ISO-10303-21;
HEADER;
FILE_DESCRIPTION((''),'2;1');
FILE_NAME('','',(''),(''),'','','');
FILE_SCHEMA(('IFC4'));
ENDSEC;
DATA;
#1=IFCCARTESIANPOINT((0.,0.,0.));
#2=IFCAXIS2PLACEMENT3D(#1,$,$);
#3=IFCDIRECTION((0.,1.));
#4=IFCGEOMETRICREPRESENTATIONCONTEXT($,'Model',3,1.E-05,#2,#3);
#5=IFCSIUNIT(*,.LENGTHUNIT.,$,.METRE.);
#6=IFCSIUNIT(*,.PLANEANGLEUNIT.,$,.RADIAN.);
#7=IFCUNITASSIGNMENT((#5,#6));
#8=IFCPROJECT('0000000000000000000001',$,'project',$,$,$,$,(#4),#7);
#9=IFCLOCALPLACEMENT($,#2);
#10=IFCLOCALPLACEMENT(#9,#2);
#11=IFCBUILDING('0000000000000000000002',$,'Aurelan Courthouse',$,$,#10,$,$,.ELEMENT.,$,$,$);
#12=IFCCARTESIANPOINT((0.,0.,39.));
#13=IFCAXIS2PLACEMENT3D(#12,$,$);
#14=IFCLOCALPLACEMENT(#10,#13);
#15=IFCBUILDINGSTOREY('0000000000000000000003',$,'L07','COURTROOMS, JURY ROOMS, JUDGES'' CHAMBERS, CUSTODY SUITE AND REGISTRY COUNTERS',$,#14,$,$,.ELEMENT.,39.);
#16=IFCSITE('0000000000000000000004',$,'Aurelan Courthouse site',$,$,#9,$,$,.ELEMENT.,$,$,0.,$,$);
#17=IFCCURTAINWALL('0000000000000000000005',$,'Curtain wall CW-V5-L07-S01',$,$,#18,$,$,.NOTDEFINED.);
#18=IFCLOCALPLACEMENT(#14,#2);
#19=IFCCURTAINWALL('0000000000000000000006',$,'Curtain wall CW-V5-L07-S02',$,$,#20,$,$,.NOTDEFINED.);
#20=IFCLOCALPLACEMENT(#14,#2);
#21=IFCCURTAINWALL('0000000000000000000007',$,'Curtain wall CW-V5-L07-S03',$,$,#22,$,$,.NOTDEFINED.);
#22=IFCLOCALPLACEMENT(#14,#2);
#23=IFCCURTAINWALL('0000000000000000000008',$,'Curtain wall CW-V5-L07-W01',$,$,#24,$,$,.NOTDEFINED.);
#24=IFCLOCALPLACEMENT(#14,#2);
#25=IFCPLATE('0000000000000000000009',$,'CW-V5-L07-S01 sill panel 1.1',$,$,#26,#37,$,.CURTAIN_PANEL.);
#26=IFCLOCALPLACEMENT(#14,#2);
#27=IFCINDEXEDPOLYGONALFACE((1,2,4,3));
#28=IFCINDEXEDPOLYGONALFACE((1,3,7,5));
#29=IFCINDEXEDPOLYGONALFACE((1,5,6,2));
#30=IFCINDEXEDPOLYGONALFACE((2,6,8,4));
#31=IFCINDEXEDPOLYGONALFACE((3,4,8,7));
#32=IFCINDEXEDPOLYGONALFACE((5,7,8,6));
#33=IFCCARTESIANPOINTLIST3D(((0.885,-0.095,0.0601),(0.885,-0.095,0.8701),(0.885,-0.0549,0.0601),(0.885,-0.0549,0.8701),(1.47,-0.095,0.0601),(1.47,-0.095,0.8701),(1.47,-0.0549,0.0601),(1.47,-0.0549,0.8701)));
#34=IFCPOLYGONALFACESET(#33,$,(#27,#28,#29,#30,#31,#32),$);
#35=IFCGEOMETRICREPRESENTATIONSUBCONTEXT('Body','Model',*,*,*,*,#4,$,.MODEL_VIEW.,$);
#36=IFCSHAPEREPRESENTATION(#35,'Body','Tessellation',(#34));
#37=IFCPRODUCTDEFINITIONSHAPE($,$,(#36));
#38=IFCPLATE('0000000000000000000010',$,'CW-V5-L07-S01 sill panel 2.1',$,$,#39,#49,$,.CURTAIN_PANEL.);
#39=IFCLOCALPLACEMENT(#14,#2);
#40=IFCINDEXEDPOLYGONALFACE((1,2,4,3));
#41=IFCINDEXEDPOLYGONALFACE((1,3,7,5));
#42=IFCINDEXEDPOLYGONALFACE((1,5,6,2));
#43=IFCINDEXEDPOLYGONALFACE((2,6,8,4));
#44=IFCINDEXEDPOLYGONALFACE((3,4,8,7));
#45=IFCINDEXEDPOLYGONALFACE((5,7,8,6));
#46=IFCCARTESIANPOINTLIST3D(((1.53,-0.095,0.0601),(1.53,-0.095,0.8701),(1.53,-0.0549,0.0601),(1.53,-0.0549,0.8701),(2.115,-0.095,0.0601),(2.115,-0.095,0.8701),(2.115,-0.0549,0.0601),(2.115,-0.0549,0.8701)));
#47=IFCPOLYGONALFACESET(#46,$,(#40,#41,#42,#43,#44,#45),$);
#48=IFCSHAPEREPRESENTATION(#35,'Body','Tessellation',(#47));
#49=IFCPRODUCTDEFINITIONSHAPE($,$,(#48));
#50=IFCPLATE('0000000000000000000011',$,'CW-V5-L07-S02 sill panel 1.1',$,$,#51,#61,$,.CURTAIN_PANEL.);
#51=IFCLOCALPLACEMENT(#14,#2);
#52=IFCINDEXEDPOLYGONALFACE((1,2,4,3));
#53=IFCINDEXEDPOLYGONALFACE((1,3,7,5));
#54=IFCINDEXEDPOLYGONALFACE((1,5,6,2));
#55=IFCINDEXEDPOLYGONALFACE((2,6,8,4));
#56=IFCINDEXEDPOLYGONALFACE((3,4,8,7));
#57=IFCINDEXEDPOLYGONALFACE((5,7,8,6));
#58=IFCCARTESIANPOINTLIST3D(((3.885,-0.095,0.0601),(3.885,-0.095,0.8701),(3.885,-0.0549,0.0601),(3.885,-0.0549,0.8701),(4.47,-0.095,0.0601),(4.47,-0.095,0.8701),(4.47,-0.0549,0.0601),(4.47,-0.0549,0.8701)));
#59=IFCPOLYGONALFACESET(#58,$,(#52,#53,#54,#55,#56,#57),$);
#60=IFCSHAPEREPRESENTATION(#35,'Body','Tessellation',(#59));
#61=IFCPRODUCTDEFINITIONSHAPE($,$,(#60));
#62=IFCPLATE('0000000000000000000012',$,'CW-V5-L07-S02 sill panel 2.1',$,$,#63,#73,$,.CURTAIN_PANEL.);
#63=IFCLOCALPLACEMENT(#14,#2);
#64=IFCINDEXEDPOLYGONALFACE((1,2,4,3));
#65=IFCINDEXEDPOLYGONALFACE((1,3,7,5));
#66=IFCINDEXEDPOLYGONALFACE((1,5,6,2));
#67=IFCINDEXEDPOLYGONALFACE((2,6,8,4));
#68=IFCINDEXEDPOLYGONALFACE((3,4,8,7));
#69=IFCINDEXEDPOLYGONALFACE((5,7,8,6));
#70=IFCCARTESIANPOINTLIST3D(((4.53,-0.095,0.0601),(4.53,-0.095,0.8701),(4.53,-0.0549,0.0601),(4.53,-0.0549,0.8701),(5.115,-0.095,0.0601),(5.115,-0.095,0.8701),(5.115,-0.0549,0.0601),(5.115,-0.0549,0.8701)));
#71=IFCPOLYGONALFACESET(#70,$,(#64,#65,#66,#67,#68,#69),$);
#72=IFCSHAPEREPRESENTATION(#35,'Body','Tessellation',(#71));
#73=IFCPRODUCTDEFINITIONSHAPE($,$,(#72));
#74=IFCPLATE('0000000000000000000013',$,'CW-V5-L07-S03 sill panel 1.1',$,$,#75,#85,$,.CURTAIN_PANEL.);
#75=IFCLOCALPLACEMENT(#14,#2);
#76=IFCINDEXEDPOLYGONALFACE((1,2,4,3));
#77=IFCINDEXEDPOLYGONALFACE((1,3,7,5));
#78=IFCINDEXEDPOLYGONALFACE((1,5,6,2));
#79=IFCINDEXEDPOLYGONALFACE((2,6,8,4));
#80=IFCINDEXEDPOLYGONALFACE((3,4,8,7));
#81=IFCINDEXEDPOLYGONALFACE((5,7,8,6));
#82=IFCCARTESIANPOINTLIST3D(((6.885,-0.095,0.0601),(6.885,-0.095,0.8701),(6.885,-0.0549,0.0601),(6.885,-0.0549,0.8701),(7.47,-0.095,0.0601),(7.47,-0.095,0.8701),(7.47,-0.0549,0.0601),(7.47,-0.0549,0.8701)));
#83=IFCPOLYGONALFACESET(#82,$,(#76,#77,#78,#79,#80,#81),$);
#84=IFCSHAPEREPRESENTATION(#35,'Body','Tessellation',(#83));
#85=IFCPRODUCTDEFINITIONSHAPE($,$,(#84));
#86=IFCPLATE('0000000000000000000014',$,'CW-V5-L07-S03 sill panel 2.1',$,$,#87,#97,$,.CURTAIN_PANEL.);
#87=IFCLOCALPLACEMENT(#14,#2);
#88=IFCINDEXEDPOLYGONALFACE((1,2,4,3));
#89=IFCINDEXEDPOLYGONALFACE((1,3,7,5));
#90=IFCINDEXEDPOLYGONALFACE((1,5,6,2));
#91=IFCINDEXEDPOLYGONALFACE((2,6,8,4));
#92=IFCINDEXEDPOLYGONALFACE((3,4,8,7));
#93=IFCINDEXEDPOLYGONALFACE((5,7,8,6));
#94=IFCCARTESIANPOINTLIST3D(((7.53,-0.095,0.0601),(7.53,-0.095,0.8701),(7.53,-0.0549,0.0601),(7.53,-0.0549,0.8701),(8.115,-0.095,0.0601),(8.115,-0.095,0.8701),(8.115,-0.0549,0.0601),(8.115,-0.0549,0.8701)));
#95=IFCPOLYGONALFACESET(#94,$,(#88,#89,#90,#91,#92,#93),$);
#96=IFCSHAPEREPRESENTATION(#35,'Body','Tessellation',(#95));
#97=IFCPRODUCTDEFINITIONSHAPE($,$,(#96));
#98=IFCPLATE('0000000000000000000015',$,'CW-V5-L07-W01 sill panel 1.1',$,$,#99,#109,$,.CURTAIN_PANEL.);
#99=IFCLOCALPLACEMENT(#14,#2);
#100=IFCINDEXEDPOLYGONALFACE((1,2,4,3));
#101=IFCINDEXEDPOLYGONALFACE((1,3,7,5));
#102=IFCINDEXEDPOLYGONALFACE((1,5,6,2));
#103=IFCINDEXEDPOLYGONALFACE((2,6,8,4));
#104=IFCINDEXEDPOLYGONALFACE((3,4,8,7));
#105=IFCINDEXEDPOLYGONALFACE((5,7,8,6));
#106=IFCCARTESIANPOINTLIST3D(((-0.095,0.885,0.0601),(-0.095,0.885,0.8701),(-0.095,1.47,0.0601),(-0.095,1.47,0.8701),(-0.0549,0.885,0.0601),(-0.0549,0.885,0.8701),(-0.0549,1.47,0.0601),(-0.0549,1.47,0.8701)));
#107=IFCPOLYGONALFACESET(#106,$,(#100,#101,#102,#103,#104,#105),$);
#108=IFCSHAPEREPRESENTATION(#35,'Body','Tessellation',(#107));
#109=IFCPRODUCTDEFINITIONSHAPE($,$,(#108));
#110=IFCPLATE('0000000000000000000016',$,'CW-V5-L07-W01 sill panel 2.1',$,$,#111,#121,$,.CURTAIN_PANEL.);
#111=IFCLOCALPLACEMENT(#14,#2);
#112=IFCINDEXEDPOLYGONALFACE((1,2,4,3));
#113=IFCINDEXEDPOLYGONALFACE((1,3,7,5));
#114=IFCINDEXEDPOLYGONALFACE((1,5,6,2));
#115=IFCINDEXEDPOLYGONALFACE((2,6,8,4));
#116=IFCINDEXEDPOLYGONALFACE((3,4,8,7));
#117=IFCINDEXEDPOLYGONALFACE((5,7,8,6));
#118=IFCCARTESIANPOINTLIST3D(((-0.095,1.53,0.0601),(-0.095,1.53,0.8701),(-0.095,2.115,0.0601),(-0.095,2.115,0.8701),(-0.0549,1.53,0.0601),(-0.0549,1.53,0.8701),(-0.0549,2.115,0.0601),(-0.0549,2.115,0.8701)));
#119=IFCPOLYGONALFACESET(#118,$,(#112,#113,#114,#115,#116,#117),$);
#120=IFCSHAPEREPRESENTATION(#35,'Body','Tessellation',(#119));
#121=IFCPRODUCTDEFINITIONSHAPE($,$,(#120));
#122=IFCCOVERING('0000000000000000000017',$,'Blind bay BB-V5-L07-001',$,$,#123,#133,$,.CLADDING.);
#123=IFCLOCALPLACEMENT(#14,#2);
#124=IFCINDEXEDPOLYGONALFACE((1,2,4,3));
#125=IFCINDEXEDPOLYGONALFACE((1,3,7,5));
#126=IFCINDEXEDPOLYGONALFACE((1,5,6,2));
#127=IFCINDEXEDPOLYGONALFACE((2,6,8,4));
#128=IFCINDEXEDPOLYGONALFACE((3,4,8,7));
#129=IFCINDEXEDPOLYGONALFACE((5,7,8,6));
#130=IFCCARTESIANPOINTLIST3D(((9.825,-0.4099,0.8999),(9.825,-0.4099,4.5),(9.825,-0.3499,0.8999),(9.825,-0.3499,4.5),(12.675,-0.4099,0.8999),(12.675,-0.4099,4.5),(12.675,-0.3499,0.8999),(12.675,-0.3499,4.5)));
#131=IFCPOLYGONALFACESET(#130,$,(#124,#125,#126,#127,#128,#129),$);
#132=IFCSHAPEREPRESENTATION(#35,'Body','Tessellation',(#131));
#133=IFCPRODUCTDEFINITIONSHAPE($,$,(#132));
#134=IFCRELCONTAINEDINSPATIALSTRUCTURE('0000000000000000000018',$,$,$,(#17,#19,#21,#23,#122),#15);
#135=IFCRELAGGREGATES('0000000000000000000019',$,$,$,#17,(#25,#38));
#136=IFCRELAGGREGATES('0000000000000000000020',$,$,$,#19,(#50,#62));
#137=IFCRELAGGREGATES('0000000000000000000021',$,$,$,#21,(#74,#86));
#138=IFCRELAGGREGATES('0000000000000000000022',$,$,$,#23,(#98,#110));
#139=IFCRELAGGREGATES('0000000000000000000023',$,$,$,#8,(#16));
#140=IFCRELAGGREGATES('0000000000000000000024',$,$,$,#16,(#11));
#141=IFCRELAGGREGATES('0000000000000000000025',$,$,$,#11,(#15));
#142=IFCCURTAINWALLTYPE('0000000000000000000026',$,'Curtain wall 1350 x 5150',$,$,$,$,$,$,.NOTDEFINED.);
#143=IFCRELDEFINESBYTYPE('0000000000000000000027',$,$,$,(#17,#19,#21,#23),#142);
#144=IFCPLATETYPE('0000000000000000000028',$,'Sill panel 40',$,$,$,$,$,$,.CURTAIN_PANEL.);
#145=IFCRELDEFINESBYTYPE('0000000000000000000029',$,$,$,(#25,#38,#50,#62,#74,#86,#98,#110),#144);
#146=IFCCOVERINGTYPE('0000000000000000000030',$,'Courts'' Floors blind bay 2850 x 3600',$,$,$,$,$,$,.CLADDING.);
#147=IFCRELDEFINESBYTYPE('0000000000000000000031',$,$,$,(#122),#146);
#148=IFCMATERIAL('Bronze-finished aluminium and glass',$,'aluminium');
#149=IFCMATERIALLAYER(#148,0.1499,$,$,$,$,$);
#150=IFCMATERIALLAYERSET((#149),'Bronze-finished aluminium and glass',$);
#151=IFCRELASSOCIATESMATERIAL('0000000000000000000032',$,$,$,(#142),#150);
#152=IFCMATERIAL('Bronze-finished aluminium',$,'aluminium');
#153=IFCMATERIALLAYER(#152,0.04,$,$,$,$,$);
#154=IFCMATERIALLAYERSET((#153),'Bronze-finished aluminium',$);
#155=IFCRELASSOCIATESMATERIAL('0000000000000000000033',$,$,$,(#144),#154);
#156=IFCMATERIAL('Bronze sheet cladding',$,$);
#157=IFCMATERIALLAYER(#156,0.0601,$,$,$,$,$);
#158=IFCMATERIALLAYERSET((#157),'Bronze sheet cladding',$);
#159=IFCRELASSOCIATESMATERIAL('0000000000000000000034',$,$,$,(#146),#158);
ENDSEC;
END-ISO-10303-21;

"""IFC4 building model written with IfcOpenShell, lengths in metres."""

from ifc_helpers import new_model, si_unit, direction, frame, origin, origin_2d, place, context, subcontext, project, spatial, rectangle, extrude, material, layer, layer_set, type_object, element, aggregate, save


model = new_model("IFC4")

# Units and contexts
model_context = context("Model", 3, precision=1e-05, world=origin(), true_north=direction((0.0, 1.0)))
body_context = subcontext(model_context, "Body", "Model", "MODEL_VIEW")
ifc_project = project(units=[si_unit("LENGTHUNIT", "METRE"), si_unit("PLANEANGLEUNIT", "RADIAN")], contexts=[model_context])

# Site, building, storey
site_placement = place(None, origin())
site = spatial("IfcSite", under=ifc_project, at=site_placement, Name="Aurelan Courthouse site", CompositionType="ELEMENT", RefElevation=0.0)
building_placement = place(site_placement, origin())
building = spatial("IfcBuilding", under=site, at=building_placement, Name="Aurelan Courthouse", CompositionType="ELEMENT")
storey_placement = place(building_placement, frame((0.0, 0.0, 39.0)))
storey = spatial("IfcBuildingStorey", under=building, at=storey_placement, Name="L07", Description="COURTROOMS, JURY ROOMS, JUDGES' CHAMBERS, CUSTODY SUITE AND REGISTRY COUNTERS", CompositionType="ELEMENT", Elevation=39.0)

# Curtain walls
ifc_material_1 = material(Name="Bronze-finished aluminium and glass", Category="aluminium")
ifc_layer_1 = layer(ifc_material_1, 0.1499)
ifc_layer_set_1 = layer_set([ifc_layer_1], Name="Bronze-finished aluminium and glass")
curtain_wall_type = type_object("IfcCurtainWallType", Name="Curtain wall 1350 x 5150", PredefinedType="NOTDEFINED", material=ifc_layer_set_1)
curtain_wall_1_placement = place(storey_placement, origin())
curtain_wall_1 = element("IfcCurtainWall", 1, at=curtain_wall_1_placement, inside=storey, type_object=curtain_wall_type, Name="Curtain wall CW-V5-L07-S01", PredefinedType="NOTDEFINED")
ifc_material_2 = material(Name="Bronze-finished aluminium", Category="aluminium")
curtain_wall_2_placement = place(storey_placement, origin())
curtain_wall_2 = element("IfcCurtainWall", 2, at=curtain_wall_2_placement, inside=storey, type_object=curtain_wall_type, Name="Curtain wall CW-V5-L07-S02", PredefinedType="NOTDEFINED")
curtain_wall_3_placement = place(storey_placement, origin())
curtain_wall_3 = element("IfcCurtainWall", 3, at=curtain_wall_3_placement, inside=storey, type_object=curtain_wall_type, Name="Curtain wall CW-V5-L07-S03", PredefinedType="NOTDEFINED")
curtain_wall_4_placement = place(storey_placement, origin())
curtain_wall_4 = element("IfcCurtainWall", 4, at=curtain_wall_4_placement, inside=storey, type_object=curtain_wall_type, Name="Curtain wall CW-V5-L07-W01", PredefinedType="NOTDEFINED")

# Plates
ifc_layer_2 = layer(ifc_material_2, 0.04)
ifc_layer_set_2 = layer_set([ifc_layer_2], Name="Bronze-finished aluminium")
plate_type = type_object("IfcPlateType", Name="Sill panel 40", PredefinedType="CURTAIN_PANEL", material=ifc_layer_set_2)
plate_1_placement = place(storey_placement, frame((1.1775, -0.075, 0.0601), z_axis=(0.0, 0.0, 1.0), x_axis=(1.0, 0.0, 0.0)))
plate_1 = element("IfcPlate", 5, at=plate_1_placement, type_object=plate_type, Name="CW-V5-L07-S01 sill panel 1.1", PredefinedType="CURTAIN_PANEL", context=body_context, shape_type="SweptSolid", body=[
    extrude(rectangle(XDim=0.585, YDim=0.04, at=origin_2d()), origin(), (0.0, 0.0, 1.0), 0.8101),
])
plate_2_placement = place(storey_placement, frame((1.8225, -0.075, 0.0601), z_axis=(0.0, 0.0, 1.0), x_axis=(1.0, 0.0, 0.0)))
plate_2 = element("IfcPlate", 6, at=plate_2_placement, type_object=plate_type, Name="CW-V5-L07-S01 sill panel 2.1", PredefinedType="CURTAIN_PANEL", context=body_context, shape_type="SweptSolid", body=[
    extrude(rectangle(XDim=0.585, YDim=0.04, at=origin_2d()), origin(), (0.0, 0.0, 1.0), 0.8101),
])
aggregate(curtain_wall_1, [plate_1, plate_2])
plate_3_placement = place(storey_placement, frame((4.1775, -0.075, 0.0601), z_axis=(0.0, 0.0, 1.0), x_axis=(1.0, 0.0, 0.0)))
plate_3 = element("IfcPlate", 7, at=plate_3_placement, type_object=plate_type, Name="CW-V5-L07-S02 sill panel 1.1", PredefinedType="CURTAIN_PANEL", context=body_context, shape_type="SweptSolid", body=[
    extrude(rectangle(XDim=0.585, YDim=0.04, at=origin_2d()), origin(), (0.0, 0.0, 1.0), 0.8101),
])
plate_4_placement = place(storey_placement, frame((4.8225, -0.075, 0.0601), z_axis=(0.0, 0.0, 1.0), x_axis=(1.0, 0.0, 0.0)))
plate_4 = element("IfcPlate", 8, at=plate_4_placement, type_object=plate_type, Name="CW-V5-L07-S02 sill panel 2.1", PredefinedType="CURTAIN_PANEL", context=body_context, shape_type="SweptSolid", body=[
    extrude(rectangle(XDim=0.585, YDim=0.04, at=origin_2d()), origin(), (0.0, 0.0, 1.0), 0.8101),
])
aggregate(curtain_wall_2, [plate_3, plate_4])
plate_5_placement = place(storey_placement, frame((7.1775, -0.075, 0.0601), z_axis=(0.0, 0.0, 1.0), x_axis=(1.0, 0.0, 0.0)))
plate_5 = element("IfcPlate", 9, at=plate_5_placement, type_object=plate_type, Name="CW-V5-L07-S03 sill panel 1.1", PredefinedType="CURTAIN_PANEL", context=body_context, shape_type="SweptSolid", body=[
    extrude(rectangle(XDim=0.585, YDim=0.04, at=origin_2d()), origin(), (0.0, 0.0, 1.0), 0.8101),
])
plate_6_placement = place(storey_placement, frame((7.8225, -0.075, 0.0601), z_axis=(0.0, 0.0, 1.0), x_axis=(1.0, 0.0, 0.0)))
plate_6 = element("IfcPlate", 10, at=plate_6_placement, type_object=plate_type, Name="CW-V5-L07-S03 sill panel 2.1", PredefinedType="CURTAIN_PANEL", context=body_context, shape_type="SweptSolid", body=[
    extrude(rectangle(XDim=0.585, YDim=0.04, at=origin_2d()), origin(), (0.0, 0.0, 1.0), 0.8101),
])
aggregate(curtain_wall_3, [plate_5, plate_6])
plate_7_placement = place(storey_placement, frame((-0.075, 1.1775, 0.0601), z_axis=(0.0, 0.0, 1.0), x_axis=(0.0, 1.0, 0.0)))
plate_7 = element("IfcPlate", 11, at=plate_7_placement, type_object=plate_type, Name="CW-V5-L07-W01 sill panel 1.1", PredefinedType="CURTAIN_PANEL", context=body_context, shape_type="SweptSolid", body=[
    extrude(rectangle(XDim=0.585, YDim=0.04, at=origin_2d()), origin(), (0.0, 0.0, 1.0), 0.8101),
])
plate_8_placement = place(storey_placement, frame((-0.075, 1.8225, 0.0601), z_axis=(0.0, 0.0, 1.0), x_axis=(0.0, 1.0, 0.0)))
plate_8 = element("IfcPlate", 12, at=plate_8_placement, type_object=plate_type, Name="CW-V5-L07-W01 sill panel 2.1", PredefinedType="CURTAIN_PANEL", context=body_context, shape_type="SweptSolid", body=[
    extrude(rectangle(XDim=0.585, YDim=0.04, at=origin_2d()), origin(), (0.0, 0.0, 1.0), 0.8101),
])
aggregate(curtain_wall_4, [plate_7, plate_8])

# Covering
ifc_material_3 = material(Name="Bronze sheet cladding")
ifc_layer_3 = layer(ifc_material_3, 0.0601)
ifc_layer_set_3 = layer_set([ifc_layer_3], Name="Bronze sheet cladding")
covering_type = type_object("IfcCoveringType", Name="Courts' Floors blind bay 2850 x 3600", PredefinedType="CLADDING", material=ifc_layer_set_3)
covering_placement = place(storey_placement, frame((11.25, -0.3799, 0.8999), z_axis=(0.0, 0.0, 1.0), x_axis=(1.0, 0.0, 0.0)))
element("IfcCovering", 13, at=covering_placement, inside=storey, type_object=covering_type, Name="Blind bay BB-V5-L07-001", PredefinedType="CLADDING", context=body_context, shape_type="SweptSolid", body=[
    extrude(rectangle(XDim=2.8501, YDim=0.0601, at=origin_2d()), origin(), (0.0, 0.0, 1.0), 3.6001),
])

save(model, "model.ifc")
